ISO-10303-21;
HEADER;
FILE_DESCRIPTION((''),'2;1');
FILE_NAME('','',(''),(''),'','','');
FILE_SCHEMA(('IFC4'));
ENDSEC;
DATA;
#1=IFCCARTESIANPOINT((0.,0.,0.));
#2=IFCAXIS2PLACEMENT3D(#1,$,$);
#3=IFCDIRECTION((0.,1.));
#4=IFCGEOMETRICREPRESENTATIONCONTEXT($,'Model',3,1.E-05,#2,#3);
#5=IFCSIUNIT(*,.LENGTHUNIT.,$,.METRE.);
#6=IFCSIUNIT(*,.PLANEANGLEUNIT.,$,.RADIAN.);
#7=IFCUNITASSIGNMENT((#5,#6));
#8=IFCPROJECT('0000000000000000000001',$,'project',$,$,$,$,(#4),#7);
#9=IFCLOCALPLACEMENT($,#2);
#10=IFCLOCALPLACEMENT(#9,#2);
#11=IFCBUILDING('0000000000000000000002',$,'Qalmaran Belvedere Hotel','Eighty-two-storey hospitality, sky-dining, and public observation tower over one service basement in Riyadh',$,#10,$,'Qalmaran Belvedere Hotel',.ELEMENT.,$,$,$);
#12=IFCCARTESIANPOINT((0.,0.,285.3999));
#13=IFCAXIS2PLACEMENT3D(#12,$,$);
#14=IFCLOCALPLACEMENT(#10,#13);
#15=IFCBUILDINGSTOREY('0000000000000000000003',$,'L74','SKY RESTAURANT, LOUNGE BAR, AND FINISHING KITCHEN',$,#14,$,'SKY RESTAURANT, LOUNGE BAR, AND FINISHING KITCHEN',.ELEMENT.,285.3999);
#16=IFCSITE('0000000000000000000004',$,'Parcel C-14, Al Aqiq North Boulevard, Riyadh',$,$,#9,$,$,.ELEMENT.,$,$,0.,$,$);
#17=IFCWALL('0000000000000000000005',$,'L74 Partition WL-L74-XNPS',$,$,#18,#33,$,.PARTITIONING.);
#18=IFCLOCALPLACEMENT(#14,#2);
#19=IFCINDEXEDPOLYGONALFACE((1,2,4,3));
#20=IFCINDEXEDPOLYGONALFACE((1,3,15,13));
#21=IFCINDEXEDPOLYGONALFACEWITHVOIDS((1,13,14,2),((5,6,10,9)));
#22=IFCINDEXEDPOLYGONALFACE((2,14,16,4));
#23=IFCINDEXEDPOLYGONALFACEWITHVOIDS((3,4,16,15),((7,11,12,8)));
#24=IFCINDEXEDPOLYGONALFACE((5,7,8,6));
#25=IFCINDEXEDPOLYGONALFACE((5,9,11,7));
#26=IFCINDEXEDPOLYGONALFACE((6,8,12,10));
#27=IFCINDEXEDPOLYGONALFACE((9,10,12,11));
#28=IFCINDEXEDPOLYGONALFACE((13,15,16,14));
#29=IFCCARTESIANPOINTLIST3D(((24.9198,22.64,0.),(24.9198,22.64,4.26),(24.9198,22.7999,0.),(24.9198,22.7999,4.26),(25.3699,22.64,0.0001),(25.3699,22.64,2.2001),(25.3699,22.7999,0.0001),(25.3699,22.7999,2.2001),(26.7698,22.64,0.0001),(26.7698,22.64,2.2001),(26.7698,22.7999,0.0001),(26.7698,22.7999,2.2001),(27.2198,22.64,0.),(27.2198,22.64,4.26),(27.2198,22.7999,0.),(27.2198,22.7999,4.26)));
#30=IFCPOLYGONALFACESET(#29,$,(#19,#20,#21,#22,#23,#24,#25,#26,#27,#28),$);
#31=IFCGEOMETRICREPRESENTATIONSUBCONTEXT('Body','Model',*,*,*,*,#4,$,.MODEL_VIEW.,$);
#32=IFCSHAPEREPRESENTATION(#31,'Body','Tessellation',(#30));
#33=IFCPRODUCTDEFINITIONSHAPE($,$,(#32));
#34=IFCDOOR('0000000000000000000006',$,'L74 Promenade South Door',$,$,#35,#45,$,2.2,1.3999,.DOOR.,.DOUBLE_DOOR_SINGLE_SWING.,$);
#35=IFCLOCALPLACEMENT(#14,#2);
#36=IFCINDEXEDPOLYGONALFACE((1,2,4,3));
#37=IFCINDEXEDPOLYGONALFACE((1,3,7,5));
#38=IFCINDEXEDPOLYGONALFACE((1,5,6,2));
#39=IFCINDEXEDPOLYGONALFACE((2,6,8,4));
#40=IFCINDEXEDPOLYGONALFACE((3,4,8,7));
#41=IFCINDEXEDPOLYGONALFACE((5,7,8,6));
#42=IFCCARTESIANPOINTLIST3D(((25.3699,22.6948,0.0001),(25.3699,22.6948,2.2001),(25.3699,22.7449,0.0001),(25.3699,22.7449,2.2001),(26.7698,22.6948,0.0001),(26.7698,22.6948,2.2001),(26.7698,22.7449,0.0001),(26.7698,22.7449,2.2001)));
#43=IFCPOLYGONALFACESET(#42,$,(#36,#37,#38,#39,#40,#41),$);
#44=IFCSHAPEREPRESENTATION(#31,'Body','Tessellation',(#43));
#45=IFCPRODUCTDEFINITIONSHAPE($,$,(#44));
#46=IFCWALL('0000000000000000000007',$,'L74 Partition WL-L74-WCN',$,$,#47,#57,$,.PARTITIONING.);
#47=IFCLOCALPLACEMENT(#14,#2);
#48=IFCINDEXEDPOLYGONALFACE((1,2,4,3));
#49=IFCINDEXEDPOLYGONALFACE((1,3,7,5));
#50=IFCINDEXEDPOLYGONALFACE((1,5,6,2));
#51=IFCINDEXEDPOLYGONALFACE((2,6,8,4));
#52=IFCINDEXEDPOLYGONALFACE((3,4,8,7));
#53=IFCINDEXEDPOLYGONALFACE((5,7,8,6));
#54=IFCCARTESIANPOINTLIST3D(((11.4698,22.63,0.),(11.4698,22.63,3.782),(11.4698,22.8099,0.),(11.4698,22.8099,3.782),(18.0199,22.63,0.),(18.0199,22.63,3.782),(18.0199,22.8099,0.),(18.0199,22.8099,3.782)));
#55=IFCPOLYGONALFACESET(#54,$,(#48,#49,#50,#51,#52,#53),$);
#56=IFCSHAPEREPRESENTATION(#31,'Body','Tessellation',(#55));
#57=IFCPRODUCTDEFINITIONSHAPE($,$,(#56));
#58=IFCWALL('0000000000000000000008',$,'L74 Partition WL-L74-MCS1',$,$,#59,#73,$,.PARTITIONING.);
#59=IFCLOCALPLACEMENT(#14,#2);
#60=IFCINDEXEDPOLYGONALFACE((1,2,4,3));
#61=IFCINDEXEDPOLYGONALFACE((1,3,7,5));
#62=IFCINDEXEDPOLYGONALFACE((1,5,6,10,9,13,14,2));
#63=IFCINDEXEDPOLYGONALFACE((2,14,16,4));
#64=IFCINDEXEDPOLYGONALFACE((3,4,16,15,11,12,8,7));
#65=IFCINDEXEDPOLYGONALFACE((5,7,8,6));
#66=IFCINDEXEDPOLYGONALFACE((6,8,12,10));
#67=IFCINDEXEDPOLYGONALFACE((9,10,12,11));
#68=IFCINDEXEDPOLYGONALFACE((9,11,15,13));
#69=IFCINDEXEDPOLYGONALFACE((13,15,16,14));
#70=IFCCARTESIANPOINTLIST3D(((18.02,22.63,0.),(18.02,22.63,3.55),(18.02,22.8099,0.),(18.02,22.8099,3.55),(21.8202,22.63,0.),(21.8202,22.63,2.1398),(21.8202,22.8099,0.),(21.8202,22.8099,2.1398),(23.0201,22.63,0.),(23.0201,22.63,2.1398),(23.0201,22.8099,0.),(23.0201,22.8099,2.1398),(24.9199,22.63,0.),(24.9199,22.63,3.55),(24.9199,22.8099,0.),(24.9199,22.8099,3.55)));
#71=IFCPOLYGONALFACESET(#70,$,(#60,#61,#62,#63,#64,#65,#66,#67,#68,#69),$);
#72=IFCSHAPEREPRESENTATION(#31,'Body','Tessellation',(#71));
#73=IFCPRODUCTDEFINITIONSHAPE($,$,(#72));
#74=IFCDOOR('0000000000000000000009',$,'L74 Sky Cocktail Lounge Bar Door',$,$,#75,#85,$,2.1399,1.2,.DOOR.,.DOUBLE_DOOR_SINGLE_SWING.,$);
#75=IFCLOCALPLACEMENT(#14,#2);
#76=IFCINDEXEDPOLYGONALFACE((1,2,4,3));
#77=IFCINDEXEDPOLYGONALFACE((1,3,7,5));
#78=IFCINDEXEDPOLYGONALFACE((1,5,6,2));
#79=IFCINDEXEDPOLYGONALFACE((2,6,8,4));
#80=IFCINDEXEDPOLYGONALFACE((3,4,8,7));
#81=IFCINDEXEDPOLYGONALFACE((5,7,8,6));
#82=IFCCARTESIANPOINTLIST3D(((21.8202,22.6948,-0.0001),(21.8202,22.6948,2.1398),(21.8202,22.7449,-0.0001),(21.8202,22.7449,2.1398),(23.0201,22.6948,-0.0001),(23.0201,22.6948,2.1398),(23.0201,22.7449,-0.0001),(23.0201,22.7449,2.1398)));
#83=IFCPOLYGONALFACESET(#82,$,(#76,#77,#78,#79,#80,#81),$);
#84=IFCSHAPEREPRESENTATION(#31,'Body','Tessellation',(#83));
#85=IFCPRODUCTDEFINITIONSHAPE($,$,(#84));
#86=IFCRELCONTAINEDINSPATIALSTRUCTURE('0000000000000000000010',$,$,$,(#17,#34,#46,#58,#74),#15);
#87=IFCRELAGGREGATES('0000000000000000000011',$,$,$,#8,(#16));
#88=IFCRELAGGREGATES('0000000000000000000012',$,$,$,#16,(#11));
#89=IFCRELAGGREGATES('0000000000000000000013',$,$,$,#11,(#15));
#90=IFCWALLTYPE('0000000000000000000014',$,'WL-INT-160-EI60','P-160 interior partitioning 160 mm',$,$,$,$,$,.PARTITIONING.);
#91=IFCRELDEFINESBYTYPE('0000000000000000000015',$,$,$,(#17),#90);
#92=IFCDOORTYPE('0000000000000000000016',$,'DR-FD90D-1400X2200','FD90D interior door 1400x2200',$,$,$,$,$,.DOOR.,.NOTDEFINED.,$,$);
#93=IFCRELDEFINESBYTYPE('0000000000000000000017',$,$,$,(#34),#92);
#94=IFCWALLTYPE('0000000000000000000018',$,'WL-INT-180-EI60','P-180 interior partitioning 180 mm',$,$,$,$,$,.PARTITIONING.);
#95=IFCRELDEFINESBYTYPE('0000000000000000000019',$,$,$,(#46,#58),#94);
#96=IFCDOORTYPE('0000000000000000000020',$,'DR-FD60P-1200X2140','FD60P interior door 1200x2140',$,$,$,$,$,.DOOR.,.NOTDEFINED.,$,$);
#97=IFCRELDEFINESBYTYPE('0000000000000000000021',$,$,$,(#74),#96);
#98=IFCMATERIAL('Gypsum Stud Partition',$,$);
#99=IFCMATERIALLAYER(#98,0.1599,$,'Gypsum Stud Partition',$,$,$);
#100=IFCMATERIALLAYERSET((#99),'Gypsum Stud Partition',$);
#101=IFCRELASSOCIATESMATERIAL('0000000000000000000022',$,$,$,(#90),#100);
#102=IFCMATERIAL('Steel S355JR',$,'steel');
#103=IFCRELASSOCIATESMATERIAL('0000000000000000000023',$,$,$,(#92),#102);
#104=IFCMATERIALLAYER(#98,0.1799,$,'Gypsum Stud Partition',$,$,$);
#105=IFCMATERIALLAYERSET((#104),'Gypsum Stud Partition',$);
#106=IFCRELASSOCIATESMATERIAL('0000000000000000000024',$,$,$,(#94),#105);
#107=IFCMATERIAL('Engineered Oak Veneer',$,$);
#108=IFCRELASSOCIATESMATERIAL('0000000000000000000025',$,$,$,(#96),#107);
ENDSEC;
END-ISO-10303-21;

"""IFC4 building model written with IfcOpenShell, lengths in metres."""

from ifc_helpers import new_model, si_unit, direction, frame, frame_2d, origin, place, context, subcontext, project, spatial, rectangle, extrude, material, layer, layer_set, type_object, element, fill, save


model = new_model("IFC4")

# Units and contexts
model_context = context("Model", 3, precision=1e-05, world=origin(), true_north=direction((0.0, 1.0)))
body_context = subcontext(model_context, "Body", "Model", "MODEL_VIEW")
ifc_project = project(units=[si_unit("LENGTHUNIT", "METRE"), si_unit("PLANEANGLEUNIT", "RADIAN")], contexts=[model_context])

# Site, building, storey
site_placement = place(None, origin())
site = spatial("IfcSite", under=ifc_project, at=site_placement, Name="Parcel C-14, Al Aqiq North Boulevard, Riyadh", CompositionType="ELEMENT", RefElevation=0.0)
building_placement = place(site_placement, origin())
building = spatial("IfcBuilding", under=site, at=building_placement, Name="Qalmaran Belvedere Hotel", Description="Eighty-two-storey hospitality, sky-dining, and public observation tower over one service basement in Riyadh", LongName="Qalmaran Belvedere Hotel", CompositionType="ELEMENT")
storey_placement = place(building_placement, frame((0.0, 0.0, 285.3999)))
storey = spatial("IfcBuildingStorey", under=building, at=storey_placement, Name="L74", Description="SKY RESTAURANT, LOUNGE BAR, AND FINISHING KITCHEN", LongName="SKY RESTAURANT, LOUNGE BAR, AND FINISHING KITCHEN", CompositionType="ELEMENT", Elevation=285.3999)

# Shared definitions
ifc_material_1 = material(Name="Steel S355JR", Category="steel")

# Shared definitions
ifc_material_2 = material(Name="Gypsum Stud Partition")
ifc_layer_1 = layer(ifc_material_2, 0.1599, Name="Gypsum Stud Partition")
ifc_layer_set_1 = layer_set([ifc_layer_1], Name="Gypsum Stud Partition")
wall_type_1 = type_object("IfcWallType", Name="WL-INT-160-EI60", Description="P-160 interior partitioning 160 mm", PredefinedType="PARTITIONING", material=ifc_layer_set_1)

# Wall, opening, door
wall_1_placement = place(storey_placement, frame((24.9199, 22.72, 0.0), z_axis=(0.0, 0.0, 1.0), x_axis=(1.0, 0.0, 0.0)))
wall_1 = element("IfcWall", 1, at=wall_1_placement, inside=storey, type_object=wall_type_1, Name="L74 Partition WL-L74-XNPS", PredefinedType="PARTITIONING", context=body_context, shape_type="SweptSolid", body=[
    extrude(rectangle(XDim=2.3, YDim=0.1599, at=frame_2d((1.1499, 0.0))), origin(), (0.0, 0.0, 1.0), 4.26),
])
opening_1_placement = place(wall_1_placement, frame((0.45, 0.0, 0.0)))
opening_1 = element("IfcOpeningElement", 2, at=opening_1_placement, cuts=wall_1, PredefinedType="OPENING", context=body_context, shape_type="SweptSolid", body=[
    extrude(rectangle(XDim=1.3999, YDim=2.2, at=frame_2d((0.7, 1.1001))), frame((0.0, 0.0898, 0.0), z_axis=(0.0, -1.0, 0.0), x_axis=(1.0, 0.0, 0.0)), (0.0, 0.0, 1.0), 0.1799),
])
door_type_1 = type_object("IfcDoorType", Name="DR-FD90D-1400X2200", Description="FD90D interior door 1400x2200", OperationType="NOTDEFINED", PredefinedType="DOOR", material=ifc_material_1)
door_1_placement = place(opening_1_placement, origin())
door_1 = element("IfcDoor", 3, at=door_1_placement, inside=storey, type_object=door_type_1, Name="L74 Promenade South Door", OperationType="DOUBLE_DOOR_SINGLE_SWING", OverallHeight=2.2, OverallWidth=1.3999, PredefinedType="DOOR", context=body_context, shape_type="SweptSolid", body=[
    extrude(rectangle(XDim=1.3999, YDim=2.2, at=frame_2d((0.7, 1.1001))), frame((0.0, 0.0249, 0.0), z_axis=(0.0, -1.0, 0.0), x_axis=(1.0, 0.0, 0.0)), (0.0, 0.0, 1.0), 0.05),
])
fill(opening_1, door_1)

# Wall
ifc_layer_2 = layer(ifc_material_2, 0.1799, Name="Gypsum Stud Partition")
ifc_layer_set_2 = layer_set([ifc_layer_2], Name="Gypsum Stud Partition")
wall_type_2 = type_object("IfcWallType", Name="WL-INT-180-EI60", Description="P-180 interior partitioning 180 mm", PredefinedType="PARTITIONING", material=ifc_layer_set_2)
wall_2_placement = place(storey_placement, frame((11.47, 22.72, 0.0), z_axis=(0.0, 0.0, 1.0), x_axis=(1.0, 0.0, 0.0)))
element("IfcWall", 4, at=wall_2_placement, inside=storey, type_object=wall_type_2, Name="L74 Partition WL-L74-WCN", PredefinedType="PARTITIONING", context=body_context, shape_type="SweptSolid", body=[
    extrude(rectangle(XDim=6.55, YDim=0.1799, at=frame_2d((3.2749, 0.0))), origin(), (0.0, 0.0, 1.0), 3.782),
])

# Wall, opening, door
wall_3_placement = place(storey_placement, frame((18.02, 22.72, 0.0), z_axis=(0.0, 0.0, 1.0), x_axis=(1.0, 0.0, 0.0)))
wall_3 = element("IfcWall", 5, at=wall_3_placement, inside=storey, type_object=wall_type_2, Name="L74 Partition WL-L74-MCS1", PredefinedType="PARTITIONING", context=body_context, shape_type="SweptSolid", body=[
    extrude(rectangle(XDim=6.8999, YDim=0.1799, at=frame_2d((3.45, 0.0))), origin(), (0.0, 0.0, 1.0), 3.55),
])
opening_2_placement = place(wall_3_placement, frame((3.8, 0.0, 0.0)))
opening_2 = element("IfcOpeningElement", 6, at=opening_2_placement, cuts=wall_3, PredefinedType="OPENING", context=body_context, shape_type="SweptSolid", body=[
    extrude(rectangle(XDim=1.2, YDim=2.1399, at=frame_2d((0.6001, 1.0698))), frame((0.0, 0.1001, 0.0), z_axis=(0.0, -1.0, 0.0), x_axis=(1.0, 0.0, 0.0)), (0.0, 0.0, 1.0), 0.2),
])
ifc_material_3 = material(Name="Engineered Oak Veneer")
door_type_2 = type_object("IfcDoorType", Name="DR-FD60P-1200X2140", Description="FD60P interior door 1200x2140", OperationType="NOTDEFINED", PredefinedType="DOOR", material=ifc_material_3)
door_2_placement = place(opening_2_placement, origin())
door_2 = element("IfcDoor", 7, at=door_2_placement, inside=storey, type_object=door_type_2, Name="L74 Sky Cocktail Lounge Bar Door", OperationType="DOUBLE_DOOR_SINGLE_SWING", OverallHeight=2.1399, OverallWidth=1.2, PredefinedType="DOOR", context=body_context, shape_type="SweptSolid", body=[
    extrude(rectangle(XDim=1.2, YDim=2.1399, at=frame_2d((0.6001, 1.0698))), frame((0.0, 0.0249, 0.0), z_axis=(0.0, -1.0, 0.0), x_axis=(1.0, 0.0, 0.0)), (0.0, 0.0, 1.0), 0.05),
])
fill(opening_2, door_2)

save(model, "model.ifc")
